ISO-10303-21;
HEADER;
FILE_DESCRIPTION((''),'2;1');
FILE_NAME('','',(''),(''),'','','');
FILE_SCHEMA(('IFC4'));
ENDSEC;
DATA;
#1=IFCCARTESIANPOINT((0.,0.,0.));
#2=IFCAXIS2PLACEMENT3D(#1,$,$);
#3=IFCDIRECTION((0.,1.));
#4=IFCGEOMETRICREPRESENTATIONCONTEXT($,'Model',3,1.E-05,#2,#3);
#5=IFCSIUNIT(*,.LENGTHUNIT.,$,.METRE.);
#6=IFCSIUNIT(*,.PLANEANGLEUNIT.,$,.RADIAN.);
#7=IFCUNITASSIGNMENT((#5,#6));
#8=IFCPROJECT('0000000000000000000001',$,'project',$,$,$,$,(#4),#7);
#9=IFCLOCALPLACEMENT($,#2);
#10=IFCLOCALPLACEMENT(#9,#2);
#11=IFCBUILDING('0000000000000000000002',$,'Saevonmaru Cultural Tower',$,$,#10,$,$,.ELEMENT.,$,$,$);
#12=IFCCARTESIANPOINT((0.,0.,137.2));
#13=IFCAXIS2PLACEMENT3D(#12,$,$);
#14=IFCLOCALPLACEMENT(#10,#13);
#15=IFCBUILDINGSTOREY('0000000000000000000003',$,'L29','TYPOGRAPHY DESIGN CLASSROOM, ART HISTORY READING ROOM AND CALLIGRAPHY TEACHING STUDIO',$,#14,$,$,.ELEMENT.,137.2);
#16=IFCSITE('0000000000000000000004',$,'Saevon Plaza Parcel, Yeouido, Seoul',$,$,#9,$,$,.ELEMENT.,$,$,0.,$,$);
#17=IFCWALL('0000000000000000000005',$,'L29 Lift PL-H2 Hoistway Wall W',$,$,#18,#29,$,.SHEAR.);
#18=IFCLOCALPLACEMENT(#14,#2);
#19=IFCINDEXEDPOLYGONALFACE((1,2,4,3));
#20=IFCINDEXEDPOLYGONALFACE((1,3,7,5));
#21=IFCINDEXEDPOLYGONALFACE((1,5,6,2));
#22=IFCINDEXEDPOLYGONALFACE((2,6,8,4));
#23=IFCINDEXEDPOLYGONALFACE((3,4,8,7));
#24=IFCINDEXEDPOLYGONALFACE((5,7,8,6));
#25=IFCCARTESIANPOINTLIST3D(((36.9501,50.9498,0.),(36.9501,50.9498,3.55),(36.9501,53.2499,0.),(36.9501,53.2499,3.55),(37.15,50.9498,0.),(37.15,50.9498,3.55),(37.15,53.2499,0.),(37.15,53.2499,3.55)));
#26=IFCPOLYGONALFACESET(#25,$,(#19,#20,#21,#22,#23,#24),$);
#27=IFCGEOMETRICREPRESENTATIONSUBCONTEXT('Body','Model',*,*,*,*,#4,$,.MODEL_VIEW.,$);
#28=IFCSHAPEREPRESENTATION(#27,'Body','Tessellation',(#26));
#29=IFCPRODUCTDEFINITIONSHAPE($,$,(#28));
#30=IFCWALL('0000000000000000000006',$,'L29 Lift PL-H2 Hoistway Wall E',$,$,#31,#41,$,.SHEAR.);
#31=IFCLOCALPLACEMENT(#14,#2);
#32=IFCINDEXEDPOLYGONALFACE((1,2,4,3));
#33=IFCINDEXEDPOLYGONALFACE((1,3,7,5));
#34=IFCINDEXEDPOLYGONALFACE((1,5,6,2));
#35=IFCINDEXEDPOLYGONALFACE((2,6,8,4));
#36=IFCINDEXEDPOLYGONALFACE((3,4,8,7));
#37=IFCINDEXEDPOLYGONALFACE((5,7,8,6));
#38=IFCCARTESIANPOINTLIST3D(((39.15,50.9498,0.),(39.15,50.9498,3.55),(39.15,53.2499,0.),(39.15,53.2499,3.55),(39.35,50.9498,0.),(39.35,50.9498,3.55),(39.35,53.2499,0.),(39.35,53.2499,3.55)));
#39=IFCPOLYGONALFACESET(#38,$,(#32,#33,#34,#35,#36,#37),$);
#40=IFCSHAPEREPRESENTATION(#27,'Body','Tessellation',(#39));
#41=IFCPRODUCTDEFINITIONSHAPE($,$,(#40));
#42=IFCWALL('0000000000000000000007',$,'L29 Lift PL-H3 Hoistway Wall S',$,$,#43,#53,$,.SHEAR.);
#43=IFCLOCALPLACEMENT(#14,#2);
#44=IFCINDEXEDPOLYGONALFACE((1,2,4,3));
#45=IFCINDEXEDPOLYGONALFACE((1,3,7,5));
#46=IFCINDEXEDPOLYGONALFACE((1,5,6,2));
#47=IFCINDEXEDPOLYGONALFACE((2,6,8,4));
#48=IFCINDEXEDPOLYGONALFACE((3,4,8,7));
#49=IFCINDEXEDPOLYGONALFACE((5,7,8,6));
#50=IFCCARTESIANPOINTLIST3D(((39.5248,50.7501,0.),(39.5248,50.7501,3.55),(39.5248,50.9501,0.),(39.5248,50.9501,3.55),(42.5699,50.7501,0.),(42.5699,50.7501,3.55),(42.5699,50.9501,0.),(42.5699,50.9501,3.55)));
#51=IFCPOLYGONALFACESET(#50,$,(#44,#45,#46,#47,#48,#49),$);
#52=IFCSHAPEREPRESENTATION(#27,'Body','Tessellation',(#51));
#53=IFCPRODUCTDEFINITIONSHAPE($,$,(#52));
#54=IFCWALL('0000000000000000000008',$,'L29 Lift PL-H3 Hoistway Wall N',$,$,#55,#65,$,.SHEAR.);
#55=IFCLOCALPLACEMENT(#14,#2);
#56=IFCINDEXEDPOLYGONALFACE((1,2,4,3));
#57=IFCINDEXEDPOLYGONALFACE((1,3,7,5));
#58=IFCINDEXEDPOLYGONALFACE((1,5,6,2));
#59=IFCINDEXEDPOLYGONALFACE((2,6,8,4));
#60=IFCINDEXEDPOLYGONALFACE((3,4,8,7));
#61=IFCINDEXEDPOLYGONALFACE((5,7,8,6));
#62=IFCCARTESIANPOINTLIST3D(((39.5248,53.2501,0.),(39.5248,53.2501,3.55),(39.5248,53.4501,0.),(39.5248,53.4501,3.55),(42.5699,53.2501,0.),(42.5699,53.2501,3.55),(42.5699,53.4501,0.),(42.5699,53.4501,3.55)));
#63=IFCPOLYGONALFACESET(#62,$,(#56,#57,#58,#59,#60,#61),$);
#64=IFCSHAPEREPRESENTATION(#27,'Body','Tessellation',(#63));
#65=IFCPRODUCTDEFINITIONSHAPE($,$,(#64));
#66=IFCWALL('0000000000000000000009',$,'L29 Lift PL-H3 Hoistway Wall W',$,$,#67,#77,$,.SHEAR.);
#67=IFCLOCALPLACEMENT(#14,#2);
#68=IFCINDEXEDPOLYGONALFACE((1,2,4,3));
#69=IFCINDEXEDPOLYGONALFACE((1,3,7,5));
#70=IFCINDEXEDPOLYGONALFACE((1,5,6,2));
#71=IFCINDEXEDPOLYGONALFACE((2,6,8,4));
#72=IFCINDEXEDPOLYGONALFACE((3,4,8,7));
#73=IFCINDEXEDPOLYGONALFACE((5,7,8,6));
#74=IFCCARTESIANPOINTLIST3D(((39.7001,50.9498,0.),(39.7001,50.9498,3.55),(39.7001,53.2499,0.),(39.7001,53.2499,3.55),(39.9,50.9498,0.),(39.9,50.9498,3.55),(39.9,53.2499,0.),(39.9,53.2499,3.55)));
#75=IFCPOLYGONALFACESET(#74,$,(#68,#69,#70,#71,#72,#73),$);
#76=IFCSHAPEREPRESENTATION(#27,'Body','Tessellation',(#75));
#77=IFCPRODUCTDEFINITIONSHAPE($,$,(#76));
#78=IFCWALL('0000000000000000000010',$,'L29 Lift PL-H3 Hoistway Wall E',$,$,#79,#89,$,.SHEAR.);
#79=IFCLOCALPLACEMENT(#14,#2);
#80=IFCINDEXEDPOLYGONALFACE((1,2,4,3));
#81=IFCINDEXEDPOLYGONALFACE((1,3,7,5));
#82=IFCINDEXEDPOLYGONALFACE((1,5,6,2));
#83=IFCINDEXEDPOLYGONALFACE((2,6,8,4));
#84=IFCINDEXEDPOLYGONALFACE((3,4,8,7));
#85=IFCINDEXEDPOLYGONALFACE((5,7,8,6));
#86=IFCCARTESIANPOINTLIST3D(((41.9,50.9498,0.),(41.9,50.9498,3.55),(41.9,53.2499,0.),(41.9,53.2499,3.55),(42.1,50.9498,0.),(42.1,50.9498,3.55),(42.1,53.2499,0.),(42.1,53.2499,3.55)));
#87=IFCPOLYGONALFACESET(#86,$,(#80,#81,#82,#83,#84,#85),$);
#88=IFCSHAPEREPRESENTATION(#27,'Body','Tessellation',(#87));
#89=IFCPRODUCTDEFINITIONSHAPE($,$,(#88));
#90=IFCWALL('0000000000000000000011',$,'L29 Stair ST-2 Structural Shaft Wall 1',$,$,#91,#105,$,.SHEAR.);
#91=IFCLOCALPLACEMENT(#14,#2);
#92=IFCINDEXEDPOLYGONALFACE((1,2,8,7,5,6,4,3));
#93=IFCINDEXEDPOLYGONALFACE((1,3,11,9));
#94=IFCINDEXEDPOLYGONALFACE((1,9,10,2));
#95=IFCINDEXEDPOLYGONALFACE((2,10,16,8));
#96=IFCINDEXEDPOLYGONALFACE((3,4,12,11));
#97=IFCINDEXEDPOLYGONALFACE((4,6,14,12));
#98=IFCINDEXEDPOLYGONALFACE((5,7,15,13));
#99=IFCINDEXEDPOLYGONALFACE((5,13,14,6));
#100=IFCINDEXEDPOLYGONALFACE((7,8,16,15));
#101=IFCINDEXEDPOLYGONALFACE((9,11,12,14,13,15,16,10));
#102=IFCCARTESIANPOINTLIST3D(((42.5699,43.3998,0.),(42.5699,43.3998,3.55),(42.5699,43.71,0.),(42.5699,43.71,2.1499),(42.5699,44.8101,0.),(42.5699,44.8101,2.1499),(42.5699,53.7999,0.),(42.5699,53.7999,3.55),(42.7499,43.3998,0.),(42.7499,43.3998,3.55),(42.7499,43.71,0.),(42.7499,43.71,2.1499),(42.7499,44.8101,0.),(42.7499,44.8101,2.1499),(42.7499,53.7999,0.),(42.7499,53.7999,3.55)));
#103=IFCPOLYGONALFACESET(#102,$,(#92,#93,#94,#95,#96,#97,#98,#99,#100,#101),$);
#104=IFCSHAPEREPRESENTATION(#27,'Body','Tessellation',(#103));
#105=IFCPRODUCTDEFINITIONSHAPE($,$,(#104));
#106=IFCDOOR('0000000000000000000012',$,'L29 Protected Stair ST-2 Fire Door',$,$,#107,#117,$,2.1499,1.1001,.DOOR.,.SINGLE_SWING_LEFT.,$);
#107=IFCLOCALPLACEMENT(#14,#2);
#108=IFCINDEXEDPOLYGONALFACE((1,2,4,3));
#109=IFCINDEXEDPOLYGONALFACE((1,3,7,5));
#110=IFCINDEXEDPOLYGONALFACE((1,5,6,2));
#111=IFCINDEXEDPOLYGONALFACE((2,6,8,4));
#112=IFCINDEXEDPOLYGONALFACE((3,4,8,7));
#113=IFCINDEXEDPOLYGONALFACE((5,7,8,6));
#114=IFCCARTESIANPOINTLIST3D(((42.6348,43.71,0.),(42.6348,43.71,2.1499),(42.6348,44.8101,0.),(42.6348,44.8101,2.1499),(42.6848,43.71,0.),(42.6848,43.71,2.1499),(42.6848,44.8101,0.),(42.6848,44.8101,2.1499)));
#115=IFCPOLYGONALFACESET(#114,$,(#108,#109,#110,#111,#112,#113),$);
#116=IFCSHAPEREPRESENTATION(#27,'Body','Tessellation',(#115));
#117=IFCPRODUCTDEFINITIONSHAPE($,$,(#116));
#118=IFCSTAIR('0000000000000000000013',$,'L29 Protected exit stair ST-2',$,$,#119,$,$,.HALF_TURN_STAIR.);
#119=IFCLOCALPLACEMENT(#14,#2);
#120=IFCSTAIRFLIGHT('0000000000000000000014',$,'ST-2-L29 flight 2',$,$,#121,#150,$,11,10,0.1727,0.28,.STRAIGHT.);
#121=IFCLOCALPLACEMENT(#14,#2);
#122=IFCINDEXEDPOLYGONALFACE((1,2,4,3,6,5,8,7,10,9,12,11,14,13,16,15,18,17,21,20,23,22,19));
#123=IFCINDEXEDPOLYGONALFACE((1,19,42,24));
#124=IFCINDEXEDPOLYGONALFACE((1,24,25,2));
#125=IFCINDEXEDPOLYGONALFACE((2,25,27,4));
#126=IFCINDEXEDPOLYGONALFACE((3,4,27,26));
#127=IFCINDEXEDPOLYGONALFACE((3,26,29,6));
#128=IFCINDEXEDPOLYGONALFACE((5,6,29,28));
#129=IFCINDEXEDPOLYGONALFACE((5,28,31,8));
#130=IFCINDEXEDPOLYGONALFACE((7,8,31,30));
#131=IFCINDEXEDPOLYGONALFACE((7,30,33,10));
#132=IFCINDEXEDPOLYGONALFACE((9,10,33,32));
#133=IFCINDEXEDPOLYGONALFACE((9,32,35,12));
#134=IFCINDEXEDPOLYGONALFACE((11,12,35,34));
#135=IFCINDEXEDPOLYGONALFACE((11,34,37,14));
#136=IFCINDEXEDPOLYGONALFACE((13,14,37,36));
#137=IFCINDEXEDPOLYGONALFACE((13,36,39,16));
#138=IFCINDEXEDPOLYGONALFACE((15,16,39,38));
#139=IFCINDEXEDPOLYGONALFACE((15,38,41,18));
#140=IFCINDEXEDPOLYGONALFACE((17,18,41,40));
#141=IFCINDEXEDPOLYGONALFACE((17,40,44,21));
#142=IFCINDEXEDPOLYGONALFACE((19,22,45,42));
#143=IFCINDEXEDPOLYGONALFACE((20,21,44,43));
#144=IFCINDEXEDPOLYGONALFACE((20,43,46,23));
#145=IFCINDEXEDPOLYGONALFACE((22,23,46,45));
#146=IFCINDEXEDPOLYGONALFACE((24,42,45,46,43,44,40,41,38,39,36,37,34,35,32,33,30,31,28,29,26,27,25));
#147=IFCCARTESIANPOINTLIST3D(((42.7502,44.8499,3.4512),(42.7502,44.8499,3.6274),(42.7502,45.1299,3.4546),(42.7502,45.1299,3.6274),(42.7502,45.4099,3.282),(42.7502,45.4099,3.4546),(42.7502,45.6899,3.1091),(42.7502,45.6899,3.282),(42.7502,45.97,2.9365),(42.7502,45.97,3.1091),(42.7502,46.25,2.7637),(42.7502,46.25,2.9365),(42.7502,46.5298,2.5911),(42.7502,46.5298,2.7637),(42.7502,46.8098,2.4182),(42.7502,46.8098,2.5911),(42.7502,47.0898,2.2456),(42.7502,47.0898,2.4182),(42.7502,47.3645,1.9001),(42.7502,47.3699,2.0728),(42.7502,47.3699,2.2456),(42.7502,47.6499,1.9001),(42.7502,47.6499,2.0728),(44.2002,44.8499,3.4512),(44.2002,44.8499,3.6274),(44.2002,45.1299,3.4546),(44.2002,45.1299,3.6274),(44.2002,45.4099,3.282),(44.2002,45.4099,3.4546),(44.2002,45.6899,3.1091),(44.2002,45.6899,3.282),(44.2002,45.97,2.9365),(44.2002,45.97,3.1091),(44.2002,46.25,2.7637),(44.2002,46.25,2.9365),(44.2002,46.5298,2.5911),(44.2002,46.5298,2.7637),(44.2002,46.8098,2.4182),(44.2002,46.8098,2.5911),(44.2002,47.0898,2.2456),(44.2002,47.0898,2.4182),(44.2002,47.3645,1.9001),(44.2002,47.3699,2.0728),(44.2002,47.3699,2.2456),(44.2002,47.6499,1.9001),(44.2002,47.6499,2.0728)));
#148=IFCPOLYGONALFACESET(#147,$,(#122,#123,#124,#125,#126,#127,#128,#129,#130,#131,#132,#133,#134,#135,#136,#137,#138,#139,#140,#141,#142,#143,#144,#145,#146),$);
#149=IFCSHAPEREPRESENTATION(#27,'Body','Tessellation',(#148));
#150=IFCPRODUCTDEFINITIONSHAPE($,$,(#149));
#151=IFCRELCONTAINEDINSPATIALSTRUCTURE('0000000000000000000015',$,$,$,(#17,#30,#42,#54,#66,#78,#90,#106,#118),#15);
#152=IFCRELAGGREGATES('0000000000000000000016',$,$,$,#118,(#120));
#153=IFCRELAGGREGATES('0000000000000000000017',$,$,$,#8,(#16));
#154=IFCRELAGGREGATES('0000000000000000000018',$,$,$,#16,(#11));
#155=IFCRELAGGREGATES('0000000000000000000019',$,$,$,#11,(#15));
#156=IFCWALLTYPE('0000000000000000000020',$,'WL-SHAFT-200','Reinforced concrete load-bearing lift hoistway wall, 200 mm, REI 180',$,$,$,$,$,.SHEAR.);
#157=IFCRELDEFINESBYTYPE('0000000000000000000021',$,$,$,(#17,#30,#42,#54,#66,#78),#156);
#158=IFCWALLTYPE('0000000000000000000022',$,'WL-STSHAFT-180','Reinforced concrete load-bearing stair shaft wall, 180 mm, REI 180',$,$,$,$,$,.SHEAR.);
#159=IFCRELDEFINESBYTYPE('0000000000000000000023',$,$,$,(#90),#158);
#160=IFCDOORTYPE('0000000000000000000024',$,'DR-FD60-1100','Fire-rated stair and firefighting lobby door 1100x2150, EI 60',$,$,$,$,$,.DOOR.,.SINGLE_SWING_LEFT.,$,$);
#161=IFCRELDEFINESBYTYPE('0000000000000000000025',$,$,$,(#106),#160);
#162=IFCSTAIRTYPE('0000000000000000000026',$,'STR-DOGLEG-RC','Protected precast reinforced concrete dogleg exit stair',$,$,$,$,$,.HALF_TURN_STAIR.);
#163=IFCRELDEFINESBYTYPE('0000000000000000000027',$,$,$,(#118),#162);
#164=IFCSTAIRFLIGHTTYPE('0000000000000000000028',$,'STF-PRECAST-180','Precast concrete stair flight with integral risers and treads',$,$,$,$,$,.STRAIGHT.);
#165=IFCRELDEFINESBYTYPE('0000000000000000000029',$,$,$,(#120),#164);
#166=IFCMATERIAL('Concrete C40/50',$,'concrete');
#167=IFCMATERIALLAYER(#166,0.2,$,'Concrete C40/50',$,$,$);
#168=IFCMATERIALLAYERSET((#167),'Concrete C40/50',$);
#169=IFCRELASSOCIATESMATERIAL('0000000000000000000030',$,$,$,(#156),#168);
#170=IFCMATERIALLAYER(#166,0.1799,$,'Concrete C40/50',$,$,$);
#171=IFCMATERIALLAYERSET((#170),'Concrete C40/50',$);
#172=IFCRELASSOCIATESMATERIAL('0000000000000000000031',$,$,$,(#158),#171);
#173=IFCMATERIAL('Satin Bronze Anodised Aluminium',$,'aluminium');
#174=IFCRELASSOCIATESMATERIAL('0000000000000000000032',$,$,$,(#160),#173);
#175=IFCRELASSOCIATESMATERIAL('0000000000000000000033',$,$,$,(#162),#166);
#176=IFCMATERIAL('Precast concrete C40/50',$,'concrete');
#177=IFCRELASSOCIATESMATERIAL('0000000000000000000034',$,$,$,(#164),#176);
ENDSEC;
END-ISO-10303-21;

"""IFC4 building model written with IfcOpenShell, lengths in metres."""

from ifc_helpers import new_model, si_unit, direction, frame, frame_2d, origin, place, context, subcontext, project, spatial, polyline, rectangle, outline, extrude, material, layer, layer_set, type_object, element, fill, aggregate, save


model = new_model("IFC4")

# Units and contexts
model_context = context("Model", 3, precision=1e-05, world=origin(), true_north=direction((0.0, 1.0)))
body_context = subcontext(model_context, "Body", "Model", "MODEL_VIEW")
ifc_project = project(units=[si_unit("LENGTHUNIT", "METRE"), si_unit("PLANEANGLEUNIT", "RADIAN")], contexts=[model_context])

# Site, building, storey
site_placement = place(None, origin())
site = spatial("IfcSite", under=ifc_project, at=site_placement, Name="Saevon Plaza Parcel, Yeouido, Seoul", CompositionType="ELEMENT", RefElevation=0.0)
building_placement = place(site_placement, origin())
building = spatial("IfcBuilding", under=site, at=building_placement, Name="Saevonmaru Cultural Tower", CompositionType="ELEMENT")
storey_placement = place(building_placement, frame((0.0, 0.0, 137.2)))
storey = spatial("IfcBuildingStorey", under=building, at=storey_placement, Name="L29", Description="TYPOGRAPHY DESIGN CLASSROOM, ART HISTORY READING ROOM AND CALLIGRAPHY TEACHING STUDIO", CompositionType="ELEMENT", Elevation=137.2)

# Shared definitions
ifc_material_1 = material(Name="Satin Bronze Anodised Aluminium", Category="aluminium")

# Walls
ifc_material_2 = material(Name="Concrete C40/50", Category="concrete")
ifc_layer_1 = layer(ifc_material_2, 0.2, Name="Concrete C40/50")
ifc_layer_set_1 = layer_set([ifc_layer_1], Name="Concrete C40/50")
wall_type_1 = type_object("IfcWallType", Name="WL-SHAFT-200", Description="Reinforced concrete load-bearing lift hoistway wall, 200 mm, REI 180", PredefinedType="SHEAR", material=ifc_layer_set_1)
for number, where, z_axis, x_axis, name in (
    (1, (37.05, 50.95, 0.0), (0.0, 0.0, 1.0), (0.0, 1.0, 0.0), "L29 Lift PL-H2 Hoistway Wall W"),
    (2, (39.25, 50.95, 0.0), (0.0, 0.0, 1.0), (0.0, 1.0, 0.0), "L29 Lift PL-H2 Hoistway Wall E"),
):
    element("IfcWall", number, at=place(storey_placement, frame(where, z_axis=z_axis, x_axis=x_axis)), inside=storey, type_object=wall_type_1, Name=name, PredefinedType="SHEAR", context=body_context, shape_type="SweptSolid", body=[
        extrude(rectangle(XDim=2.3, YDim=0.2, at=frame_2d((1.1499, 0.0))), origin(), (0.0, 0.0, 1.0), 3.55),
    ])
for number, where, z_axis, x_axis, name in (
    (3, (39.5249, 50.8501, 0.0), (0.0, 0.0, 1.0), (1.0, 0.0, 0.0), "L29 Lift PL-H3 Hoistway Wall S"),
    (4, (39.5249, 53.3501, 0.0), (0.0, 0.0, 1.0), (1.0, 0.0, 0.0), "L29 Lift PL-H3 Hoistway Wall N"),
):
    element("IfcWall", number, at=place(storey_placement, frame(where, z_axis=z_axis, x_axis=x_axis)), inside=storey, type_object=wall_type_1, Name=name, PredefinedType="SHEAR", context=body_context, shape_type="SweptSolid", body=[
        extrude(rectangle(XDim=3.0452, YDim=0.2, at=frame_2d((1.5225, 0.0))), origin(), (0.0, 0.0, 1.0), 3.55),
    ])
for number, where, z_axis, x_axis, name in (
    (5, (39.8, 50.95, 0.0), (0.0, 0.0, 1.0), (0.0, 1.0, 0.0), "L29 Lift PL-H3 Hoistway Wall W"),
    (6, (42.0, 50.95, 0.0), (0.0, 0.0, 1.0), (0.0, 1.0, 0.0), "L29 Lift PL-H3 Hoistway Wall E"),
):
    element("IfcWall", number, at=place(storey_placement, frame(where, z_axis=z_axis, x_axis=x_axis)), inside=storey, type_object=wall_type_1, Name=name, PredefinedType="SHEAR", context=body_context, shape_type="SweptSolid", body=[
        extrude(rectangle(XDim=2.3, YDim=0.2, at=frame_2d((1.1499, 0.0))), origin(), (0.0, 0.0, 1.0), 3.55),
    ])

# Wall, opening, door
ifc_layer_2 = layer(ifc_material_2, 0.1799, Name="Concrete C40/50")
ifc_layer_set_2 = layer_set([ifc_layer_2], Name="Concrete C40/50")
wall_type_2 = type_object("IfcWallType", Name="WL-STSHAFT-180", Description="Reinforced concrete load-bearing stair shaft wall, 180 mm, REI 180", PredefinedType="SHEAR", material=ifc_layer_set_2)
wall_1_placement = place(storey_placement, frame((42.6599, 53.8, 0.0), z_axis=(0.0, 0.0, 1.0), x_axis=(0.0, -1.0, 0.0)))
wall_1 = element("IfcWall", 7, at=wall_1_placement, inside=storey, type_object=wall_type_2, Name="L29 Stair ST-2 Structural Shaft Wall 1", PredefinedType="SHEAR", context=body_context, shape_type="SweptSolid", body=[
    extrude(rectangle(XDim=10.4001, YDim=0.1799, at=frame_2d((5.2002, 0.0))), origin(), (0.0, 0.0, 1.0), 3.55),
])
opening_1_placement = place(wall_1_placement, frame((8.99, 0.0, 0.0)))
opening_1 = element("IfcOpeningElement", 8, at=opening_1_placement, cuts=wall_1, PredefinedType="OPENING", context=body_context, shape_type="SweptSolid", body=[
    extrude(rectangle(XDim=1.1001, YDim=2.1499, at=frame_2d((0.55, 1.075))), frame((0.0, 0.1001, 0.0), z_axis=(0.0, -1.0, 0.0), x_axis=(1.0, 0.0, 0.0)), (0.0, 0.0, 1.0), 0.2),
])
door_type_1 = type_object("IfcDoorType", Name="DR-FD60-1100", Description="Fire-rated stair and firefighting lobby door 1100x2150, EI 60", OperationType="SINGLE_SWING_LEFT", PredefinedType="DOOR", material=ifc_material_1)
door_1_placement = place(opening_1_placement, origin())
door_1 = element("IfcDoor", 9, at=door_1_placement, inside=storey, type_object=door_type_1, Name="L29 Protected Stair ST-2 Fire Door", OperationType="SINGLE_SWING_LEFT", OverallHeight=2.1499, OverallWidth=1.1001, PredefinedType="DOOR", context=body_context, shape_type="SweptSolid", body=[
    extrude(rectangle(XDim=1.1001, YDim=2.1499, at=frame_2d((0.55, 1.075))), frame((0.0, 0.0249, 0.0), z_axis=(0.0, -1.0, 0.0), x_axis=(1.0, 0.0, 0.0)), (0.0, 0.0, 1.0), 0.05),
])
fill(opening_1, door_1)

# Stair, stair flight
stair_type = type_object("IfcStairType", Name="STR-DOGLEG-RC", Description="Protected precast reinforced concrete dogleg exit stair", PredefinedType="HALF_TURN_STAIR", material=ifc_material_2)
stair_placement = place(storey_placement, origin())
stair = element("IfcStair", 10, at=stair_placement, inside=storey, type_object=stair_type, Name="L29 Protected exit stair ST-2", PredefinedType="HALF_TURN_STAIR")
ifc_material_3 = material(Name="Precast concrete C40/50", Category="concrete")
stair_flight_type = type_object("IfcStairFlightType", Name="STF-PRECAST-180", Description="Precast concrete stair flight with integral risers and treads", PredefinedType="STRAIGHT", material=ifc_material_3)
stair_flight_placement = place(storey_placement, frame((43.4751, 47.6499, 1.9001), z_axis=(0.0, 0.0, 1.0), x_axis=(0.0, -1.0, 0.0)))
stair_flight = element("IfcStairFlight", 11, at=stair_flight_placement, type_object=stair_flight_type, Name="ST-2-L29 flight 2", NumberOfRisers=11, NumberOfTreads=10, PredefinedType="STRAIGHT", RiserHeight=0.1727, TreadLength=0.28, context=body_context, shape_type="SweptSolid", body=[
    extrude(outline(polyline([(0.0, 0.0), (0.0, 0.1726), (0.28, 0.1726), (0.28, 0.3455), (0.5601, 0.3455), (0.5601, 0.5181), (0.8401, 0.5181), (0.8401, 0.6909), (1.1201, 0.6909), (1.1201, 0.8635), (1.3999, 0.8635), (1.3999, 1.0364), (1.6799, 1.0364), (1.6799, 1.209), (1.96, 1.209), (1.96, 1.3818), (2.24, 1.3818), (2.24, 1.5544), (2.52, 1.5544), (2.52, 1.7273), (2.8, 1.7273), (2.8, 1.8999), (2.8, 1.551), (0.2854, 0.0), (0.0, 0.0)])), frame((0.0, 0.7251, 0.0), z_axis=(0.0, -1.0, 0.0), x_axis=(1.0, 0.0, 0.0)), (0.0, 0.0, 1.0), 1.45),
])
aggregate(stair, [stair_flight])

save(model, "model.ifc")
